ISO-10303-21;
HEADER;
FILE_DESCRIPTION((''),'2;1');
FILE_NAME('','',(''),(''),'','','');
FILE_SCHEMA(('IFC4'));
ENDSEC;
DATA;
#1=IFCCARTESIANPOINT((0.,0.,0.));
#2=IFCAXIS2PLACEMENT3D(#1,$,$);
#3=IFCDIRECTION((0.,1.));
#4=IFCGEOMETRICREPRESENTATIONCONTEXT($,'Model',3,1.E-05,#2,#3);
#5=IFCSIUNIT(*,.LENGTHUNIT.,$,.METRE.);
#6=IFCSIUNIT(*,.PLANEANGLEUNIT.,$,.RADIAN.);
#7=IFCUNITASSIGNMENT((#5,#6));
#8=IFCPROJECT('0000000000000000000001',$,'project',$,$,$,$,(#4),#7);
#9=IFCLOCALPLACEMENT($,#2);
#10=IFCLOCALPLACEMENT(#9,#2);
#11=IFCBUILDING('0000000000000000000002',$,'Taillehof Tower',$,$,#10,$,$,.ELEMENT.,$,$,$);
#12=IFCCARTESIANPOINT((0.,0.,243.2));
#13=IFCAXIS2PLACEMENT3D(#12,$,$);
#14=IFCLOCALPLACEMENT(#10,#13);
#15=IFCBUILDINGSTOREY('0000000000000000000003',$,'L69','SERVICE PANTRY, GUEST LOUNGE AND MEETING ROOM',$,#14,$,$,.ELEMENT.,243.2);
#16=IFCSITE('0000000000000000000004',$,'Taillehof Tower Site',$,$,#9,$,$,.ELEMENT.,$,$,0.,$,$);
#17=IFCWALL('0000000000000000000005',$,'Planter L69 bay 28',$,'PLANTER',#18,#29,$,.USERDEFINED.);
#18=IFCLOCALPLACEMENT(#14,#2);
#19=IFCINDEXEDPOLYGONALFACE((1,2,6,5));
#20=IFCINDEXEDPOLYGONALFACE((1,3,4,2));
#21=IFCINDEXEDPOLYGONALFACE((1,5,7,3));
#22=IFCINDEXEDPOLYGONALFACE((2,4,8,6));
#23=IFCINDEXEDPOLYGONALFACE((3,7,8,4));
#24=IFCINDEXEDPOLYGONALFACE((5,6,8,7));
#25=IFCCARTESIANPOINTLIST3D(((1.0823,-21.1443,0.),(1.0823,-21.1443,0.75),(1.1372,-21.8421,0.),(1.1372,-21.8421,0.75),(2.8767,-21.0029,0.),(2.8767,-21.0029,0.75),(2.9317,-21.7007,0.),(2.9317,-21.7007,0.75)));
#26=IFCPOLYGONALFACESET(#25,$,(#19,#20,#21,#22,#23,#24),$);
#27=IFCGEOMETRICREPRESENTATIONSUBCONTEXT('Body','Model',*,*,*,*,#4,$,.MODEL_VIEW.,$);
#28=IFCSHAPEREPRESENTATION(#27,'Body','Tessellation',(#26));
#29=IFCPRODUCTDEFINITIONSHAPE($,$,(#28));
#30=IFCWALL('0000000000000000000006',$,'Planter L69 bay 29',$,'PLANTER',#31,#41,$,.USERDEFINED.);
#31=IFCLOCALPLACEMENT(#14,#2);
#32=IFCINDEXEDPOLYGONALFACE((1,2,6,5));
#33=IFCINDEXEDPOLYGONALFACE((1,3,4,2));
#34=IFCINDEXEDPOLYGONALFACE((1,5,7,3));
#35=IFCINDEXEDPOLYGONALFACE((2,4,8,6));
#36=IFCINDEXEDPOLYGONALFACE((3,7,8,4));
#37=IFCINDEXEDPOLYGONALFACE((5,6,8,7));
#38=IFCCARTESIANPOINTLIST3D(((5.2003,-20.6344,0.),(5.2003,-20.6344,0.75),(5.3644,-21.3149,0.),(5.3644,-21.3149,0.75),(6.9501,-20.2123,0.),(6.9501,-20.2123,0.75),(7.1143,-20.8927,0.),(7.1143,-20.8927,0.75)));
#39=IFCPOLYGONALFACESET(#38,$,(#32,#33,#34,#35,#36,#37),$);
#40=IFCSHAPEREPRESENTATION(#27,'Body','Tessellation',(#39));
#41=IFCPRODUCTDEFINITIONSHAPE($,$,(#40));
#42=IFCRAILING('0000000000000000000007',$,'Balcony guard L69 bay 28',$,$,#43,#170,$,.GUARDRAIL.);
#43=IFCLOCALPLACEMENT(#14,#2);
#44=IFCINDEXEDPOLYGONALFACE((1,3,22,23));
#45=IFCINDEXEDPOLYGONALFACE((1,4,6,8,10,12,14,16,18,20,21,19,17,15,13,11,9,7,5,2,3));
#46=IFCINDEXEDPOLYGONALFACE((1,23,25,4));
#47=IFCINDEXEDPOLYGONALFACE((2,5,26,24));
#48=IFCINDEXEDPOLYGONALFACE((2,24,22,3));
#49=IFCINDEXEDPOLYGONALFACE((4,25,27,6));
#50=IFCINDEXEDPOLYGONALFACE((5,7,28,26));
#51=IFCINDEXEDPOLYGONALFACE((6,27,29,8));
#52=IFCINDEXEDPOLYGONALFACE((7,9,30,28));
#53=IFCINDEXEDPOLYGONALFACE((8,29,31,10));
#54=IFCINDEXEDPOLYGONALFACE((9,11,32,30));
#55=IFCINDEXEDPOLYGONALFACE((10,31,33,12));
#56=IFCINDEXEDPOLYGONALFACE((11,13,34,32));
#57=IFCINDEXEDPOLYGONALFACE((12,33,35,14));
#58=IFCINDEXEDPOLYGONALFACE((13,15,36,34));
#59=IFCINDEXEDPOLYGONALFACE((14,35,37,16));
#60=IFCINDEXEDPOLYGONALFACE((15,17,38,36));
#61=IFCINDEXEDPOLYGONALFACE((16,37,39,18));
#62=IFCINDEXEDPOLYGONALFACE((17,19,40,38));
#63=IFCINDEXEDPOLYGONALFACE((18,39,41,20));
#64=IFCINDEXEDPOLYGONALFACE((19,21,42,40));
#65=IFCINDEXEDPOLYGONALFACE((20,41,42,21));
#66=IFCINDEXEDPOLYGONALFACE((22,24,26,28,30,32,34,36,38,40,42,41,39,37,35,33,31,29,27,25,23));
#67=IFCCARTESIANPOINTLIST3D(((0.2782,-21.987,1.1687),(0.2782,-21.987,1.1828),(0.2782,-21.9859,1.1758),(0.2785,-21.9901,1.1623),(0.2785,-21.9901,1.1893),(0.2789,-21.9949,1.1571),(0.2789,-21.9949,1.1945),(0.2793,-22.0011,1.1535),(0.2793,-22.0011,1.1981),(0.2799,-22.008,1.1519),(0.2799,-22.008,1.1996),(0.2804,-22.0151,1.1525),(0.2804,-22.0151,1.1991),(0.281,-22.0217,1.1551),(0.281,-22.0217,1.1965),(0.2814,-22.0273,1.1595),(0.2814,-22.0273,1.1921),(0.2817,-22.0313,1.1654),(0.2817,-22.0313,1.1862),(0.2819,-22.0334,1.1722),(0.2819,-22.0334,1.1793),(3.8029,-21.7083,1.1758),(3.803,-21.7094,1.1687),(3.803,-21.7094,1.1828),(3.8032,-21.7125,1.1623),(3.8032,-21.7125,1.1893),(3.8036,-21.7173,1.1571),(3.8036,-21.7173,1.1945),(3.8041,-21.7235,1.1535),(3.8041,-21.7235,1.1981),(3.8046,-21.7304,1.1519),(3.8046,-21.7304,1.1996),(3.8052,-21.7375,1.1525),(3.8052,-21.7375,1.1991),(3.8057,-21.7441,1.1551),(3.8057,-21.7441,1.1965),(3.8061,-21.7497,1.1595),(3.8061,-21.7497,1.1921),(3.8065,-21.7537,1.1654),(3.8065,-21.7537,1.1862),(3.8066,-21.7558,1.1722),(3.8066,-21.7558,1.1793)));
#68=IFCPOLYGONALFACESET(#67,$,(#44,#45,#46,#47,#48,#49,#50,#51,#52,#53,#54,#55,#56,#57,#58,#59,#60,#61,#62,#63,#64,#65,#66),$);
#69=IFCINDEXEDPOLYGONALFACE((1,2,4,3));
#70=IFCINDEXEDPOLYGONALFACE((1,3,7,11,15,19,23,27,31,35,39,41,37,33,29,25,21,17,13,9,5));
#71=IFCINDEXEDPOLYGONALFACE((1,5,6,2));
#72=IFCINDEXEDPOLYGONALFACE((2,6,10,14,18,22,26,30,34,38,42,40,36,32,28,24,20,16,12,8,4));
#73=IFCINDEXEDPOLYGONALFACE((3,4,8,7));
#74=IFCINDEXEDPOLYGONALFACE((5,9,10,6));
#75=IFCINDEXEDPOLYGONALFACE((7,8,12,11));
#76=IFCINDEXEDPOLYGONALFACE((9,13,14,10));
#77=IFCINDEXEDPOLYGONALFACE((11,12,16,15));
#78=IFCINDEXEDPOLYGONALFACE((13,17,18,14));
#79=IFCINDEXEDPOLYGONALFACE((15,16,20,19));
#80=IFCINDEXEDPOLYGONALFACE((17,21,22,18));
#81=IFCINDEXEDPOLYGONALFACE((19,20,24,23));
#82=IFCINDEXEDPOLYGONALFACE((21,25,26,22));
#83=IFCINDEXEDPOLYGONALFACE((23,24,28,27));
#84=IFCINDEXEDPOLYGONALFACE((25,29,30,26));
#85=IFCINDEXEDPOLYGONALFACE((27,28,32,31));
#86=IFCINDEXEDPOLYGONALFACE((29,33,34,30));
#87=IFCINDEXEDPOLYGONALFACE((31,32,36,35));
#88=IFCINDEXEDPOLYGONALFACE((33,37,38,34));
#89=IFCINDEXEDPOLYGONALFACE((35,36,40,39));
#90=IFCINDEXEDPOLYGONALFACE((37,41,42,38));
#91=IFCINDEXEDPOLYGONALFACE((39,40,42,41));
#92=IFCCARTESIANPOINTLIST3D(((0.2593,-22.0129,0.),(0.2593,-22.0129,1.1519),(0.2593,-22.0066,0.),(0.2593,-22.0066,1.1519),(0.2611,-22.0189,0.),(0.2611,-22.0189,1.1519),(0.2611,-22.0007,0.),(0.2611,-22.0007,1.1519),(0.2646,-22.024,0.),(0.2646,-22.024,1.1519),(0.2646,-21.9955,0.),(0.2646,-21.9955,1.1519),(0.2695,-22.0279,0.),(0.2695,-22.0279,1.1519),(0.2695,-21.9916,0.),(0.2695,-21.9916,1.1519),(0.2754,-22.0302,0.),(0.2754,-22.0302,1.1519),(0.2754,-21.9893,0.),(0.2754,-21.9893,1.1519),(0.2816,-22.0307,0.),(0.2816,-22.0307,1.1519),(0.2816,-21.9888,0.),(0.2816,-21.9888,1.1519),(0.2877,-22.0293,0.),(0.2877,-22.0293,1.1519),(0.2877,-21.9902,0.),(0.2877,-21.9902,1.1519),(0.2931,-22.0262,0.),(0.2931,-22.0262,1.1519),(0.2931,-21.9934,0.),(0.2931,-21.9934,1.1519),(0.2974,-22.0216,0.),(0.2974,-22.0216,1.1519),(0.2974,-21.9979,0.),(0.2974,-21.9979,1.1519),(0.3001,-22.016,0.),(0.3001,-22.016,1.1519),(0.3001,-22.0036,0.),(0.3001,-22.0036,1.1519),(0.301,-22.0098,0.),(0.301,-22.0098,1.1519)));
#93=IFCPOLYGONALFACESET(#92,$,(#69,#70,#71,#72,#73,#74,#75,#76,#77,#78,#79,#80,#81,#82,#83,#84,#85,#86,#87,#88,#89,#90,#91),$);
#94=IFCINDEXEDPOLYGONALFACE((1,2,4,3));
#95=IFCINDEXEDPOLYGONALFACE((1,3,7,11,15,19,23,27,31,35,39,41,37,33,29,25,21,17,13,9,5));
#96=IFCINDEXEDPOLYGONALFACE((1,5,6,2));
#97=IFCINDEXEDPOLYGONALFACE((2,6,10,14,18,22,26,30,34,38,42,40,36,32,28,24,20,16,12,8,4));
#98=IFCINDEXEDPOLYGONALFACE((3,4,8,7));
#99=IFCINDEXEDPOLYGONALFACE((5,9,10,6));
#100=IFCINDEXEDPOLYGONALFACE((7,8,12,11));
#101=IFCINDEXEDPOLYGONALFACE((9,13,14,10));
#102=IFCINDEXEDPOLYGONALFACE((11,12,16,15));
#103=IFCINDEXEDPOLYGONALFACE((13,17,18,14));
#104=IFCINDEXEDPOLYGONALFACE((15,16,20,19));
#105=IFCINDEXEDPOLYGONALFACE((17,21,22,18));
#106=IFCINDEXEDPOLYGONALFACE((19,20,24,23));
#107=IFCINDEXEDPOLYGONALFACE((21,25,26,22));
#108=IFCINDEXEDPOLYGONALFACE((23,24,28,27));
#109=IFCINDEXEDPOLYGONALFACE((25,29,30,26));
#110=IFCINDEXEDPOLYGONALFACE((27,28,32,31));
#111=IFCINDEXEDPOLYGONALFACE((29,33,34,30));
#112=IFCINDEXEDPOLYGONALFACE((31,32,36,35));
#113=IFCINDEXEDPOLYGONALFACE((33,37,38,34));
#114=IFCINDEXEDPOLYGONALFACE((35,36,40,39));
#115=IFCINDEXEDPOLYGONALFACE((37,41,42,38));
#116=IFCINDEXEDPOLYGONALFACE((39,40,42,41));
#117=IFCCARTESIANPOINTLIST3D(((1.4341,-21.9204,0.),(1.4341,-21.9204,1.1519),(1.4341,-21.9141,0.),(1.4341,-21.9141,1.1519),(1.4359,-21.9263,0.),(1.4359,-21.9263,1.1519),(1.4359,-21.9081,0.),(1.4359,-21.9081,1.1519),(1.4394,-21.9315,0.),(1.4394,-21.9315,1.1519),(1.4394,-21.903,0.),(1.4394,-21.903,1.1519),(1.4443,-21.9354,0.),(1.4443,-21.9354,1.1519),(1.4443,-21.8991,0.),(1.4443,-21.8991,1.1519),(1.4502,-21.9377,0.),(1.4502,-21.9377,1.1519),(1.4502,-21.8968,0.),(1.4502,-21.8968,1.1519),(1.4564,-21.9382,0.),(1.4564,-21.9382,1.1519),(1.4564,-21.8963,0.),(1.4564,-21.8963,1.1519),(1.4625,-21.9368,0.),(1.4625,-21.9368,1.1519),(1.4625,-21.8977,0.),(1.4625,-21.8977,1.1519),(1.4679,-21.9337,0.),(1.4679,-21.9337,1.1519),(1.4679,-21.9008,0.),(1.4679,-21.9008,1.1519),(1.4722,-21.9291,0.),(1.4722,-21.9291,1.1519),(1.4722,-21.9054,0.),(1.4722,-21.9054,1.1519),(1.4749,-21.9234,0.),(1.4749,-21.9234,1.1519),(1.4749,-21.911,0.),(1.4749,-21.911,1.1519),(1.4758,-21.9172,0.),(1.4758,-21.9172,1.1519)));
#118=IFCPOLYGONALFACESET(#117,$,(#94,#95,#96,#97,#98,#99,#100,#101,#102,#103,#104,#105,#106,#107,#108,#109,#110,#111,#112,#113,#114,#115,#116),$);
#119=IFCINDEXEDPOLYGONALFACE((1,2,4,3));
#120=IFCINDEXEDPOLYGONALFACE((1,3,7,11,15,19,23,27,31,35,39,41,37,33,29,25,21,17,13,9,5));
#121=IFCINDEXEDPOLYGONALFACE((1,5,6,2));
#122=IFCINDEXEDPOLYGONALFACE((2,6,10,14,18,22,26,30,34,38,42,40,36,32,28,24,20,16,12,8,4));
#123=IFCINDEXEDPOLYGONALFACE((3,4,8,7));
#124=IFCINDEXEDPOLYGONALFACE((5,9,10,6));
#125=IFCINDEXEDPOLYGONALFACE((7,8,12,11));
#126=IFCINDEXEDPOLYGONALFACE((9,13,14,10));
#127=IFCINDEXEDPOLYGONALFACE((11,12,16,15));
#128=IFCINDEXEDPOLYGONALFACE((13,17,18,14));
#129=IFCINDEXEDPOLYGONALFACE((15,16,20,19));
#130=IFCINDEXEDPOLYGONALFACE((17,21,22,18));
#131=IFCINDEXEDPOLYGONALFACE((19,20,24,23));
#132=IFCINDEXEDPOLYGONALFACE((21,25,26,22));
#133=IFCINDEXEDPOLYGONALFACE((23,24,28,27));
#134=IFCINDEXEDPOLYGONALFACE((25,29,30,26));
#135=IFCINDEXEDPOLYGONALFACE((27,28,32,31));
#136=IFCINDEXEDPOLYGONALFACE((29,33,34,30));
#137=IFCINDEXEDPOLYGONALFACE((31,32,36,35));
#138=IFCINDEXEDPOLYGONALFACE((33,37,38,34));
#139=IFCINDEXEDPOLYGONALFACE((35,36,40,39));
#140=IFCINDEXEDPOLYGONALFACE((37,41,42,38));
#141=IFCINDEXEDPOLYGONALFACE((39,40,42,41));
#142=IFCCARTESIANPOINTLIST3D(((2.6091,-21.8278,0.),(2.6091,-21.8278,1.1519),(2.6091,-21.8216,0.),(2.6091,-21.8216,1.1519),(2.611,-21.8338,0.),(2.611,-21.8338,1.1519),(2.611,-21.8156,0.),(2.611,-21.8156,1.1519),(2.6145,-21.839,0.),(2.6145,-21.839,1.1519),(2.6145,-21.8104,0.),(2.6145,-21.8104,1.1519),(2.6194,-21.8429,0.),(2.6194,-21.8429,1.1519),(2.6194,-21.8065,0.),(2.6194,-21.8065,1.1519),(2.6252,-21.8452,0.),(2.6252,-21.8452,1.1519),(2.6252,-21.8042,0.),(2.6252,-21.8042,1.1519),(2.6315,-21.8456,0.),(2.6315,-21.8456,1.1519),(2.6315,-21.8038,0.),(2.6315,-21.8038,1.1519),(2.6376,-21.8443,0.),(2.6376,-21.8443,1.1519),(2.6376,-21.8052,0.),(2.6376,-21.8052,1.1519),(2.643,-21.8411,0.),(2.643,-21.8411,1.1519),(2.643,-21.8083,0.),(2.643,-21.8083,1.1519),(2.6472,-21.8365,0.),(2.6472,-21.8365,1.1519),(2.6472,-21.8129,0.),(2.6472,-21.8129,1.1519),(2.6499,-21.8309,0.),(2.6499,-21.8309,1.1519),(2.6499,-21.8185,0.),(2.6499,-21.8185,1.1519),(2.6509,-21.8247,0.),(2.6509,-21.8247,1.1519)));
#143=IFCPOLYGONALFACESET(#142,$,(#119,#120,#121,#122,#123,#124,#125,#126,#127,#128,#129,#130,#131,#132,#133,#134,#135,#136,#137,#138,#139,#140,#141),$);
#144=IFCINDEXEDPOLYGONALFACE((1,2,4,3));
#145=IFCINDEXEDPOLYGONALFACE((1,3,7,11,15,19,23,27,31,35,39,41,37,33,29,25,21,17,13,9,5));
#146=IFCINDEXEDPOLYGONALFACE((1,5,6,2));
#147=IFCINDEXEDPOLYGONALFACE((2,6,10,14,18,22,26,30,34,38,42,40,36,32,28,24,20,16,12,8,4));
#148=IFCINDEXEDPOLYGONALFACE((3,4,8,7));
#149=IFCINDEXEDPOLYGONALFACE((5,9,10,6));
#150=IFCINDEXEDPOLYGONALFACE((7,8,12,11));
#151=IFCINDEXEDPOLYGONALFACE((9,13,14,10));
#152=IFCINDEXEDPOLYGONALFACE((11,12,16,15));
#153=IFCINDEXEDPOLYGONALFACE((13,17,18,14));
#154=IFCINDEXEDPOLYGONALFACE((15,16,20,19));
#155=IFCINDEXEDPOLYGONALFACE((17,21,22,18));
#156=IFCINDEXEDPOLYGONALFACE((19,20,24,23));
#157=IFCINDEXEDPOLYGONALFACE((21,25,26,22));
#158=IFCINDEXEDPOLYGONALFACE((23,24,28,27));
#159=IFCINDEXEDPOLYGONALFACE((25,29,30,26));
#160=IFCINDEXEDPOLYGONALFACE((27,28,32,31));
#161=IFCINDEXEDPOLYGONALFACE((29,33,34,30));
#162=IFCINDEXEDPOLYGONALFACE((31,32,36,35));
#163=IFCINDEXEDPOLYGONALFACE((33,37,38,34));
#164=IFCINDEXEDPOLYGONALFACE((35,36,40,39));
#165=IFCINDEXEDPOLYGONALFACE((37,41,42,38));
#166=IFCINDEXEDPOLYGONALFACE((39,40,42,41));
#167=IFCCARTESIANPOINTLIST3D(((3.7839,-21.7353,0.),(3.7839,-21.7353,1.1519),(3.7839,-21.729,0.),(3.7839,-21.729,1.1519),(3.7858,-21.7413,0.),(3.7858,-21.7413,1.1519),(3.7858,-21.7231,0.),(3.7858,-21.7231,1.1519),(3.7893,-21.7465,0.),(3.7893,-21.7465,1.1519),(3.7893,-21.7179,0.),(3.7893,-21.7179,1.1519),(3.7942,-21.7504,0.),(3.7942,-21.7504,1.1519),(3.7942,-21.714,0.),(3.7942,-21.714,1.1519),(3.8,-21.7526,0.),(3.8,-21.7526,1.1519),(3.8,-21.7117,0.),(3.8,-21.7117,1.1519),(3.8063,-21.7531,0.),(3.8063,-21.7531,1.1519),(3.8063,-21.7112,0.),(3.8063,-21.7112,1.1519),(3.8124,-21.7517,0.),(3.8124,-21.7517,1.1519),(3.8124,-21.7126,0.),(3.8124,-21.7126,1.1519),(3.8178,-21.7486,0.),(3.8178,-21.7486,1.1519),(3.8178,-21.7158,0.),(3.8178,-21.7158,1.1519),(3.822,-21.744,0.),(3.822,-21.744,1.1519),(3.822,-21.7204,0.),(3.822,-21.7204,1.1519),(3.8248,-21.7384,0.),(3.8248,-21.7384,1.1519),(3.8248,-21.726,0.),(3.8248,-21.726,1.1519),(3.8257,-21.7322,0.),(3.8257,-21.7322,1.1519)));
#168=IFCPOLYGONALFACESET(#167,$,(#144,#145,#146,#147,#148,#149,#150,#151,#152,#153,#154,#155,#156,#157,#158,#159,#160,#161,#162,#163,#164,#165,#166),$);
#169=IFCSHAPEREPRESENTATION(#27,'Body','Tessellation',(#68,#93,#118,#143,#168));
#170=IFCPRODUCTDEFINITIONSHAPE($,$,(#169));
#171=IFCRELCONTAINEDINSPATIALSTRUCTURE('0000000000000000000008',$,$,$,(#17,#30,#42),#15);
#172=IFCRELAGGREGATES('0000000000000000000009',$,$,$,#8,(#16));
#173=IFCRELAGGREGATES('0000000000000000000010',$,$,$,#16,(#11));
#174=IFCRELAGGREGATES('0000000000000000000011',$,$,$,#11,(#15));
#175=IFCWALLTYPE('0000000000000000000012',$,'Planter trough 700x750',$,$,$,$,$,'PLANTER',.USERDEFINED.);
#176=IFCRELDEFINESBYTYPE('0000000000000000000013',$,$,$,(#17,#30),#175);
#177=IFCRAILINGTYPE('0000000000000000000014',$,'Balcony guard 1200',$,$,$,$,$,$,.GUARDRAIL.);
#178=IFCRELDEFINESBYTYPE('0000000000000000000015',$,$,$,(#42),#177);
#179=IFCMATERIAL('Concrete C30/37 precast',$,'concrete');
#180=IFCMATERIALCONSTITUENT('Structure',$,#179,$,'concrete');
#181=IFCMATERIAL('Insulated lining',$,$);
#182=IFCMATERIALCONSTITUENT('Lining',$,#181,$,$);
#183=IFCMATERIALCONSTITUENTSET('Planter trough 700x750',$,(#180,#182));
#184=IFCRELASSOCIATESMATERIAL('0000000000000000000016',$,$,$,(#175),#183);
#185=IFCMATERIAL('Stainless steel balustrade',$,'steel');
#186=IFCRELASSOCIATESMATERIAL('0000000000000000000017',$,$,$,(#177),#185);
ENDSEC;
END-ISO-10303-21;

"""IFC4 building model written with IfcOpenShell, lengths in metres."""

from ifc_helpers import new_model, si_unit, direction, frame, frame_2d, origin, origin_2d, place, context, subcontext, project, spatial, rectangle, circle, extrude, material, constituent, constituent_set, type_object, element, save


model = new_model("IFC4")

# Units and contexts
model_context = context("Model", 3, precision=1e-05, world=origin(), true_north=direction((0.0, 1.0)))
body_context = subcontext(model_context, "Body", "Model", "MODEL_VIEW")
ifc_project = project(units=[si_unit("LENGTHUNIT", "METRE"), si_unit("PLANEANGLEUNIT", "RADIAN")], contexts=[model_context])

# Site, building, storey
site_placement = place(None, origin())
site = spatial("IfcSite", under=ifc_project, at=site_placement, Name="Taillehof Tower Site", CompositionType="ELEMENT", RefElevation=0.0)
building_placement = place(site_placement, origin())
building = spatial("IfcBuilding", under=site, at=building_placement, Name="Taillehof Tower", CompositionType="ELEMENT")
storey_placement = place(building_placement, frame((0.0, 0.0, 243.2)))
storey = spatial("IfcBuildingStorey", under=building, at=storey_placement, Name="L69", Description="SERVICE PANTRY, GUEST LOUNGE AND MEETING ROOM", CompositionType="ELEMENT", Elevation=243.2)

# Walls
ifc_material_1 = material(Name="Concrete C30/37 precast", Category="concrete")
ifc_constituent_1 = constituent(ifc_material_1, Name="Structure", Category="concrete")
ifc_material_2 = material(Name="Insulated lining")
ifc_constituent_2 = constituent(ifc_material_2, Name="Lining")
ifc_constituent_set = constituent_set(constituents=[ifc_constituent_1, ifc_constituent_2], Name="Planter trough 700x750")
wall_type_1 = type_object("IfcWallType", Name="Planter trough 700x750", ElementType="PLANTER", PredefinedType="USERDEFINED", material=ifc_constituent_set)
for number, where, z_axis, x_axis, name in (
    (1, (1.1099, -21.4932, 0.0), (0.0, 0.0, 1.0), (0.996912, 0.078532, 0.0), "Planter L69 bay 28"),
    (2, (5.2825, -20.9746, 0.0), (0.0, 0.0, 1.0), (0.972112, 0.234517, 0.0), "Planter L69 bay 29"),
):
    element("IfcWall", number, at=place(storey_placement, frame(where, z_axis=z_axis, x_axis=x_axis)), inside=storey, type_object=wall_type_1, Name=name, ObjectType="PLANTER", PredefinedType="USERDEFINED", context=body_context, shape_type="SweptSolid", body=[
        extrude(rectangle(XDim=1.8, YDim=0.7, at=frame_2d((0.8999, 0.0))), origin(), (0.0, 0.0, 1.0), 0.75),
    ])

# Railing
ifc_material_3 = material(Name="Stainless steel balustrade", Category="steel")
railing_type = type_object("IfcRailingType", Name="Balcony guard 1200", PredefinedType="GUARDRAIL", material=ifc_material_3)
railing_1_placement = place(storey_placement, frame((0.28, -22.0098, 0.0)))
element("IfcRailing", 3, at=railing_1_placement, inside=storey, type_object=railing_type, Name="Balcony guard L69 bay 28", PredefinedType="GUARDRAIL", context=body_context, shape_type="SweptSolid", body=[
    extrude(circle(Radius=0.0239, at=origin_2d()), frame((0.0, 0.0, 1.1758), z_axis=(0.996913, 0.078513, 0.0), x_axis=(-0.078513, 0.996913, 0.0)), (0.0, 0.0, 1.0), 3.5356),
    extrude(circle(Radius=0.021, at=origin_2d()), origin(), (0.0, 0.0, 1.0), 1.1519),
    extrude(circle(Radius=0.021, at=origin_2d()), frame((1.1748, 0.0925, 0.0)), (0.0, 0.0, 1.0), 1.1519),
    extrude(circle(Radius=0.021, at=origin_2d()), frame((2.3499, 0.1851, 0.0)), (0.0, 0.0, 1.0), 1.1519),
    extrude(circle(Radius=0.021, at=origin_2d()), frame((3.5247, 0.2776, 0.0)), (0.0, 0.0, 1.0), 1.1519),
])

save(model, "model.ifc")
